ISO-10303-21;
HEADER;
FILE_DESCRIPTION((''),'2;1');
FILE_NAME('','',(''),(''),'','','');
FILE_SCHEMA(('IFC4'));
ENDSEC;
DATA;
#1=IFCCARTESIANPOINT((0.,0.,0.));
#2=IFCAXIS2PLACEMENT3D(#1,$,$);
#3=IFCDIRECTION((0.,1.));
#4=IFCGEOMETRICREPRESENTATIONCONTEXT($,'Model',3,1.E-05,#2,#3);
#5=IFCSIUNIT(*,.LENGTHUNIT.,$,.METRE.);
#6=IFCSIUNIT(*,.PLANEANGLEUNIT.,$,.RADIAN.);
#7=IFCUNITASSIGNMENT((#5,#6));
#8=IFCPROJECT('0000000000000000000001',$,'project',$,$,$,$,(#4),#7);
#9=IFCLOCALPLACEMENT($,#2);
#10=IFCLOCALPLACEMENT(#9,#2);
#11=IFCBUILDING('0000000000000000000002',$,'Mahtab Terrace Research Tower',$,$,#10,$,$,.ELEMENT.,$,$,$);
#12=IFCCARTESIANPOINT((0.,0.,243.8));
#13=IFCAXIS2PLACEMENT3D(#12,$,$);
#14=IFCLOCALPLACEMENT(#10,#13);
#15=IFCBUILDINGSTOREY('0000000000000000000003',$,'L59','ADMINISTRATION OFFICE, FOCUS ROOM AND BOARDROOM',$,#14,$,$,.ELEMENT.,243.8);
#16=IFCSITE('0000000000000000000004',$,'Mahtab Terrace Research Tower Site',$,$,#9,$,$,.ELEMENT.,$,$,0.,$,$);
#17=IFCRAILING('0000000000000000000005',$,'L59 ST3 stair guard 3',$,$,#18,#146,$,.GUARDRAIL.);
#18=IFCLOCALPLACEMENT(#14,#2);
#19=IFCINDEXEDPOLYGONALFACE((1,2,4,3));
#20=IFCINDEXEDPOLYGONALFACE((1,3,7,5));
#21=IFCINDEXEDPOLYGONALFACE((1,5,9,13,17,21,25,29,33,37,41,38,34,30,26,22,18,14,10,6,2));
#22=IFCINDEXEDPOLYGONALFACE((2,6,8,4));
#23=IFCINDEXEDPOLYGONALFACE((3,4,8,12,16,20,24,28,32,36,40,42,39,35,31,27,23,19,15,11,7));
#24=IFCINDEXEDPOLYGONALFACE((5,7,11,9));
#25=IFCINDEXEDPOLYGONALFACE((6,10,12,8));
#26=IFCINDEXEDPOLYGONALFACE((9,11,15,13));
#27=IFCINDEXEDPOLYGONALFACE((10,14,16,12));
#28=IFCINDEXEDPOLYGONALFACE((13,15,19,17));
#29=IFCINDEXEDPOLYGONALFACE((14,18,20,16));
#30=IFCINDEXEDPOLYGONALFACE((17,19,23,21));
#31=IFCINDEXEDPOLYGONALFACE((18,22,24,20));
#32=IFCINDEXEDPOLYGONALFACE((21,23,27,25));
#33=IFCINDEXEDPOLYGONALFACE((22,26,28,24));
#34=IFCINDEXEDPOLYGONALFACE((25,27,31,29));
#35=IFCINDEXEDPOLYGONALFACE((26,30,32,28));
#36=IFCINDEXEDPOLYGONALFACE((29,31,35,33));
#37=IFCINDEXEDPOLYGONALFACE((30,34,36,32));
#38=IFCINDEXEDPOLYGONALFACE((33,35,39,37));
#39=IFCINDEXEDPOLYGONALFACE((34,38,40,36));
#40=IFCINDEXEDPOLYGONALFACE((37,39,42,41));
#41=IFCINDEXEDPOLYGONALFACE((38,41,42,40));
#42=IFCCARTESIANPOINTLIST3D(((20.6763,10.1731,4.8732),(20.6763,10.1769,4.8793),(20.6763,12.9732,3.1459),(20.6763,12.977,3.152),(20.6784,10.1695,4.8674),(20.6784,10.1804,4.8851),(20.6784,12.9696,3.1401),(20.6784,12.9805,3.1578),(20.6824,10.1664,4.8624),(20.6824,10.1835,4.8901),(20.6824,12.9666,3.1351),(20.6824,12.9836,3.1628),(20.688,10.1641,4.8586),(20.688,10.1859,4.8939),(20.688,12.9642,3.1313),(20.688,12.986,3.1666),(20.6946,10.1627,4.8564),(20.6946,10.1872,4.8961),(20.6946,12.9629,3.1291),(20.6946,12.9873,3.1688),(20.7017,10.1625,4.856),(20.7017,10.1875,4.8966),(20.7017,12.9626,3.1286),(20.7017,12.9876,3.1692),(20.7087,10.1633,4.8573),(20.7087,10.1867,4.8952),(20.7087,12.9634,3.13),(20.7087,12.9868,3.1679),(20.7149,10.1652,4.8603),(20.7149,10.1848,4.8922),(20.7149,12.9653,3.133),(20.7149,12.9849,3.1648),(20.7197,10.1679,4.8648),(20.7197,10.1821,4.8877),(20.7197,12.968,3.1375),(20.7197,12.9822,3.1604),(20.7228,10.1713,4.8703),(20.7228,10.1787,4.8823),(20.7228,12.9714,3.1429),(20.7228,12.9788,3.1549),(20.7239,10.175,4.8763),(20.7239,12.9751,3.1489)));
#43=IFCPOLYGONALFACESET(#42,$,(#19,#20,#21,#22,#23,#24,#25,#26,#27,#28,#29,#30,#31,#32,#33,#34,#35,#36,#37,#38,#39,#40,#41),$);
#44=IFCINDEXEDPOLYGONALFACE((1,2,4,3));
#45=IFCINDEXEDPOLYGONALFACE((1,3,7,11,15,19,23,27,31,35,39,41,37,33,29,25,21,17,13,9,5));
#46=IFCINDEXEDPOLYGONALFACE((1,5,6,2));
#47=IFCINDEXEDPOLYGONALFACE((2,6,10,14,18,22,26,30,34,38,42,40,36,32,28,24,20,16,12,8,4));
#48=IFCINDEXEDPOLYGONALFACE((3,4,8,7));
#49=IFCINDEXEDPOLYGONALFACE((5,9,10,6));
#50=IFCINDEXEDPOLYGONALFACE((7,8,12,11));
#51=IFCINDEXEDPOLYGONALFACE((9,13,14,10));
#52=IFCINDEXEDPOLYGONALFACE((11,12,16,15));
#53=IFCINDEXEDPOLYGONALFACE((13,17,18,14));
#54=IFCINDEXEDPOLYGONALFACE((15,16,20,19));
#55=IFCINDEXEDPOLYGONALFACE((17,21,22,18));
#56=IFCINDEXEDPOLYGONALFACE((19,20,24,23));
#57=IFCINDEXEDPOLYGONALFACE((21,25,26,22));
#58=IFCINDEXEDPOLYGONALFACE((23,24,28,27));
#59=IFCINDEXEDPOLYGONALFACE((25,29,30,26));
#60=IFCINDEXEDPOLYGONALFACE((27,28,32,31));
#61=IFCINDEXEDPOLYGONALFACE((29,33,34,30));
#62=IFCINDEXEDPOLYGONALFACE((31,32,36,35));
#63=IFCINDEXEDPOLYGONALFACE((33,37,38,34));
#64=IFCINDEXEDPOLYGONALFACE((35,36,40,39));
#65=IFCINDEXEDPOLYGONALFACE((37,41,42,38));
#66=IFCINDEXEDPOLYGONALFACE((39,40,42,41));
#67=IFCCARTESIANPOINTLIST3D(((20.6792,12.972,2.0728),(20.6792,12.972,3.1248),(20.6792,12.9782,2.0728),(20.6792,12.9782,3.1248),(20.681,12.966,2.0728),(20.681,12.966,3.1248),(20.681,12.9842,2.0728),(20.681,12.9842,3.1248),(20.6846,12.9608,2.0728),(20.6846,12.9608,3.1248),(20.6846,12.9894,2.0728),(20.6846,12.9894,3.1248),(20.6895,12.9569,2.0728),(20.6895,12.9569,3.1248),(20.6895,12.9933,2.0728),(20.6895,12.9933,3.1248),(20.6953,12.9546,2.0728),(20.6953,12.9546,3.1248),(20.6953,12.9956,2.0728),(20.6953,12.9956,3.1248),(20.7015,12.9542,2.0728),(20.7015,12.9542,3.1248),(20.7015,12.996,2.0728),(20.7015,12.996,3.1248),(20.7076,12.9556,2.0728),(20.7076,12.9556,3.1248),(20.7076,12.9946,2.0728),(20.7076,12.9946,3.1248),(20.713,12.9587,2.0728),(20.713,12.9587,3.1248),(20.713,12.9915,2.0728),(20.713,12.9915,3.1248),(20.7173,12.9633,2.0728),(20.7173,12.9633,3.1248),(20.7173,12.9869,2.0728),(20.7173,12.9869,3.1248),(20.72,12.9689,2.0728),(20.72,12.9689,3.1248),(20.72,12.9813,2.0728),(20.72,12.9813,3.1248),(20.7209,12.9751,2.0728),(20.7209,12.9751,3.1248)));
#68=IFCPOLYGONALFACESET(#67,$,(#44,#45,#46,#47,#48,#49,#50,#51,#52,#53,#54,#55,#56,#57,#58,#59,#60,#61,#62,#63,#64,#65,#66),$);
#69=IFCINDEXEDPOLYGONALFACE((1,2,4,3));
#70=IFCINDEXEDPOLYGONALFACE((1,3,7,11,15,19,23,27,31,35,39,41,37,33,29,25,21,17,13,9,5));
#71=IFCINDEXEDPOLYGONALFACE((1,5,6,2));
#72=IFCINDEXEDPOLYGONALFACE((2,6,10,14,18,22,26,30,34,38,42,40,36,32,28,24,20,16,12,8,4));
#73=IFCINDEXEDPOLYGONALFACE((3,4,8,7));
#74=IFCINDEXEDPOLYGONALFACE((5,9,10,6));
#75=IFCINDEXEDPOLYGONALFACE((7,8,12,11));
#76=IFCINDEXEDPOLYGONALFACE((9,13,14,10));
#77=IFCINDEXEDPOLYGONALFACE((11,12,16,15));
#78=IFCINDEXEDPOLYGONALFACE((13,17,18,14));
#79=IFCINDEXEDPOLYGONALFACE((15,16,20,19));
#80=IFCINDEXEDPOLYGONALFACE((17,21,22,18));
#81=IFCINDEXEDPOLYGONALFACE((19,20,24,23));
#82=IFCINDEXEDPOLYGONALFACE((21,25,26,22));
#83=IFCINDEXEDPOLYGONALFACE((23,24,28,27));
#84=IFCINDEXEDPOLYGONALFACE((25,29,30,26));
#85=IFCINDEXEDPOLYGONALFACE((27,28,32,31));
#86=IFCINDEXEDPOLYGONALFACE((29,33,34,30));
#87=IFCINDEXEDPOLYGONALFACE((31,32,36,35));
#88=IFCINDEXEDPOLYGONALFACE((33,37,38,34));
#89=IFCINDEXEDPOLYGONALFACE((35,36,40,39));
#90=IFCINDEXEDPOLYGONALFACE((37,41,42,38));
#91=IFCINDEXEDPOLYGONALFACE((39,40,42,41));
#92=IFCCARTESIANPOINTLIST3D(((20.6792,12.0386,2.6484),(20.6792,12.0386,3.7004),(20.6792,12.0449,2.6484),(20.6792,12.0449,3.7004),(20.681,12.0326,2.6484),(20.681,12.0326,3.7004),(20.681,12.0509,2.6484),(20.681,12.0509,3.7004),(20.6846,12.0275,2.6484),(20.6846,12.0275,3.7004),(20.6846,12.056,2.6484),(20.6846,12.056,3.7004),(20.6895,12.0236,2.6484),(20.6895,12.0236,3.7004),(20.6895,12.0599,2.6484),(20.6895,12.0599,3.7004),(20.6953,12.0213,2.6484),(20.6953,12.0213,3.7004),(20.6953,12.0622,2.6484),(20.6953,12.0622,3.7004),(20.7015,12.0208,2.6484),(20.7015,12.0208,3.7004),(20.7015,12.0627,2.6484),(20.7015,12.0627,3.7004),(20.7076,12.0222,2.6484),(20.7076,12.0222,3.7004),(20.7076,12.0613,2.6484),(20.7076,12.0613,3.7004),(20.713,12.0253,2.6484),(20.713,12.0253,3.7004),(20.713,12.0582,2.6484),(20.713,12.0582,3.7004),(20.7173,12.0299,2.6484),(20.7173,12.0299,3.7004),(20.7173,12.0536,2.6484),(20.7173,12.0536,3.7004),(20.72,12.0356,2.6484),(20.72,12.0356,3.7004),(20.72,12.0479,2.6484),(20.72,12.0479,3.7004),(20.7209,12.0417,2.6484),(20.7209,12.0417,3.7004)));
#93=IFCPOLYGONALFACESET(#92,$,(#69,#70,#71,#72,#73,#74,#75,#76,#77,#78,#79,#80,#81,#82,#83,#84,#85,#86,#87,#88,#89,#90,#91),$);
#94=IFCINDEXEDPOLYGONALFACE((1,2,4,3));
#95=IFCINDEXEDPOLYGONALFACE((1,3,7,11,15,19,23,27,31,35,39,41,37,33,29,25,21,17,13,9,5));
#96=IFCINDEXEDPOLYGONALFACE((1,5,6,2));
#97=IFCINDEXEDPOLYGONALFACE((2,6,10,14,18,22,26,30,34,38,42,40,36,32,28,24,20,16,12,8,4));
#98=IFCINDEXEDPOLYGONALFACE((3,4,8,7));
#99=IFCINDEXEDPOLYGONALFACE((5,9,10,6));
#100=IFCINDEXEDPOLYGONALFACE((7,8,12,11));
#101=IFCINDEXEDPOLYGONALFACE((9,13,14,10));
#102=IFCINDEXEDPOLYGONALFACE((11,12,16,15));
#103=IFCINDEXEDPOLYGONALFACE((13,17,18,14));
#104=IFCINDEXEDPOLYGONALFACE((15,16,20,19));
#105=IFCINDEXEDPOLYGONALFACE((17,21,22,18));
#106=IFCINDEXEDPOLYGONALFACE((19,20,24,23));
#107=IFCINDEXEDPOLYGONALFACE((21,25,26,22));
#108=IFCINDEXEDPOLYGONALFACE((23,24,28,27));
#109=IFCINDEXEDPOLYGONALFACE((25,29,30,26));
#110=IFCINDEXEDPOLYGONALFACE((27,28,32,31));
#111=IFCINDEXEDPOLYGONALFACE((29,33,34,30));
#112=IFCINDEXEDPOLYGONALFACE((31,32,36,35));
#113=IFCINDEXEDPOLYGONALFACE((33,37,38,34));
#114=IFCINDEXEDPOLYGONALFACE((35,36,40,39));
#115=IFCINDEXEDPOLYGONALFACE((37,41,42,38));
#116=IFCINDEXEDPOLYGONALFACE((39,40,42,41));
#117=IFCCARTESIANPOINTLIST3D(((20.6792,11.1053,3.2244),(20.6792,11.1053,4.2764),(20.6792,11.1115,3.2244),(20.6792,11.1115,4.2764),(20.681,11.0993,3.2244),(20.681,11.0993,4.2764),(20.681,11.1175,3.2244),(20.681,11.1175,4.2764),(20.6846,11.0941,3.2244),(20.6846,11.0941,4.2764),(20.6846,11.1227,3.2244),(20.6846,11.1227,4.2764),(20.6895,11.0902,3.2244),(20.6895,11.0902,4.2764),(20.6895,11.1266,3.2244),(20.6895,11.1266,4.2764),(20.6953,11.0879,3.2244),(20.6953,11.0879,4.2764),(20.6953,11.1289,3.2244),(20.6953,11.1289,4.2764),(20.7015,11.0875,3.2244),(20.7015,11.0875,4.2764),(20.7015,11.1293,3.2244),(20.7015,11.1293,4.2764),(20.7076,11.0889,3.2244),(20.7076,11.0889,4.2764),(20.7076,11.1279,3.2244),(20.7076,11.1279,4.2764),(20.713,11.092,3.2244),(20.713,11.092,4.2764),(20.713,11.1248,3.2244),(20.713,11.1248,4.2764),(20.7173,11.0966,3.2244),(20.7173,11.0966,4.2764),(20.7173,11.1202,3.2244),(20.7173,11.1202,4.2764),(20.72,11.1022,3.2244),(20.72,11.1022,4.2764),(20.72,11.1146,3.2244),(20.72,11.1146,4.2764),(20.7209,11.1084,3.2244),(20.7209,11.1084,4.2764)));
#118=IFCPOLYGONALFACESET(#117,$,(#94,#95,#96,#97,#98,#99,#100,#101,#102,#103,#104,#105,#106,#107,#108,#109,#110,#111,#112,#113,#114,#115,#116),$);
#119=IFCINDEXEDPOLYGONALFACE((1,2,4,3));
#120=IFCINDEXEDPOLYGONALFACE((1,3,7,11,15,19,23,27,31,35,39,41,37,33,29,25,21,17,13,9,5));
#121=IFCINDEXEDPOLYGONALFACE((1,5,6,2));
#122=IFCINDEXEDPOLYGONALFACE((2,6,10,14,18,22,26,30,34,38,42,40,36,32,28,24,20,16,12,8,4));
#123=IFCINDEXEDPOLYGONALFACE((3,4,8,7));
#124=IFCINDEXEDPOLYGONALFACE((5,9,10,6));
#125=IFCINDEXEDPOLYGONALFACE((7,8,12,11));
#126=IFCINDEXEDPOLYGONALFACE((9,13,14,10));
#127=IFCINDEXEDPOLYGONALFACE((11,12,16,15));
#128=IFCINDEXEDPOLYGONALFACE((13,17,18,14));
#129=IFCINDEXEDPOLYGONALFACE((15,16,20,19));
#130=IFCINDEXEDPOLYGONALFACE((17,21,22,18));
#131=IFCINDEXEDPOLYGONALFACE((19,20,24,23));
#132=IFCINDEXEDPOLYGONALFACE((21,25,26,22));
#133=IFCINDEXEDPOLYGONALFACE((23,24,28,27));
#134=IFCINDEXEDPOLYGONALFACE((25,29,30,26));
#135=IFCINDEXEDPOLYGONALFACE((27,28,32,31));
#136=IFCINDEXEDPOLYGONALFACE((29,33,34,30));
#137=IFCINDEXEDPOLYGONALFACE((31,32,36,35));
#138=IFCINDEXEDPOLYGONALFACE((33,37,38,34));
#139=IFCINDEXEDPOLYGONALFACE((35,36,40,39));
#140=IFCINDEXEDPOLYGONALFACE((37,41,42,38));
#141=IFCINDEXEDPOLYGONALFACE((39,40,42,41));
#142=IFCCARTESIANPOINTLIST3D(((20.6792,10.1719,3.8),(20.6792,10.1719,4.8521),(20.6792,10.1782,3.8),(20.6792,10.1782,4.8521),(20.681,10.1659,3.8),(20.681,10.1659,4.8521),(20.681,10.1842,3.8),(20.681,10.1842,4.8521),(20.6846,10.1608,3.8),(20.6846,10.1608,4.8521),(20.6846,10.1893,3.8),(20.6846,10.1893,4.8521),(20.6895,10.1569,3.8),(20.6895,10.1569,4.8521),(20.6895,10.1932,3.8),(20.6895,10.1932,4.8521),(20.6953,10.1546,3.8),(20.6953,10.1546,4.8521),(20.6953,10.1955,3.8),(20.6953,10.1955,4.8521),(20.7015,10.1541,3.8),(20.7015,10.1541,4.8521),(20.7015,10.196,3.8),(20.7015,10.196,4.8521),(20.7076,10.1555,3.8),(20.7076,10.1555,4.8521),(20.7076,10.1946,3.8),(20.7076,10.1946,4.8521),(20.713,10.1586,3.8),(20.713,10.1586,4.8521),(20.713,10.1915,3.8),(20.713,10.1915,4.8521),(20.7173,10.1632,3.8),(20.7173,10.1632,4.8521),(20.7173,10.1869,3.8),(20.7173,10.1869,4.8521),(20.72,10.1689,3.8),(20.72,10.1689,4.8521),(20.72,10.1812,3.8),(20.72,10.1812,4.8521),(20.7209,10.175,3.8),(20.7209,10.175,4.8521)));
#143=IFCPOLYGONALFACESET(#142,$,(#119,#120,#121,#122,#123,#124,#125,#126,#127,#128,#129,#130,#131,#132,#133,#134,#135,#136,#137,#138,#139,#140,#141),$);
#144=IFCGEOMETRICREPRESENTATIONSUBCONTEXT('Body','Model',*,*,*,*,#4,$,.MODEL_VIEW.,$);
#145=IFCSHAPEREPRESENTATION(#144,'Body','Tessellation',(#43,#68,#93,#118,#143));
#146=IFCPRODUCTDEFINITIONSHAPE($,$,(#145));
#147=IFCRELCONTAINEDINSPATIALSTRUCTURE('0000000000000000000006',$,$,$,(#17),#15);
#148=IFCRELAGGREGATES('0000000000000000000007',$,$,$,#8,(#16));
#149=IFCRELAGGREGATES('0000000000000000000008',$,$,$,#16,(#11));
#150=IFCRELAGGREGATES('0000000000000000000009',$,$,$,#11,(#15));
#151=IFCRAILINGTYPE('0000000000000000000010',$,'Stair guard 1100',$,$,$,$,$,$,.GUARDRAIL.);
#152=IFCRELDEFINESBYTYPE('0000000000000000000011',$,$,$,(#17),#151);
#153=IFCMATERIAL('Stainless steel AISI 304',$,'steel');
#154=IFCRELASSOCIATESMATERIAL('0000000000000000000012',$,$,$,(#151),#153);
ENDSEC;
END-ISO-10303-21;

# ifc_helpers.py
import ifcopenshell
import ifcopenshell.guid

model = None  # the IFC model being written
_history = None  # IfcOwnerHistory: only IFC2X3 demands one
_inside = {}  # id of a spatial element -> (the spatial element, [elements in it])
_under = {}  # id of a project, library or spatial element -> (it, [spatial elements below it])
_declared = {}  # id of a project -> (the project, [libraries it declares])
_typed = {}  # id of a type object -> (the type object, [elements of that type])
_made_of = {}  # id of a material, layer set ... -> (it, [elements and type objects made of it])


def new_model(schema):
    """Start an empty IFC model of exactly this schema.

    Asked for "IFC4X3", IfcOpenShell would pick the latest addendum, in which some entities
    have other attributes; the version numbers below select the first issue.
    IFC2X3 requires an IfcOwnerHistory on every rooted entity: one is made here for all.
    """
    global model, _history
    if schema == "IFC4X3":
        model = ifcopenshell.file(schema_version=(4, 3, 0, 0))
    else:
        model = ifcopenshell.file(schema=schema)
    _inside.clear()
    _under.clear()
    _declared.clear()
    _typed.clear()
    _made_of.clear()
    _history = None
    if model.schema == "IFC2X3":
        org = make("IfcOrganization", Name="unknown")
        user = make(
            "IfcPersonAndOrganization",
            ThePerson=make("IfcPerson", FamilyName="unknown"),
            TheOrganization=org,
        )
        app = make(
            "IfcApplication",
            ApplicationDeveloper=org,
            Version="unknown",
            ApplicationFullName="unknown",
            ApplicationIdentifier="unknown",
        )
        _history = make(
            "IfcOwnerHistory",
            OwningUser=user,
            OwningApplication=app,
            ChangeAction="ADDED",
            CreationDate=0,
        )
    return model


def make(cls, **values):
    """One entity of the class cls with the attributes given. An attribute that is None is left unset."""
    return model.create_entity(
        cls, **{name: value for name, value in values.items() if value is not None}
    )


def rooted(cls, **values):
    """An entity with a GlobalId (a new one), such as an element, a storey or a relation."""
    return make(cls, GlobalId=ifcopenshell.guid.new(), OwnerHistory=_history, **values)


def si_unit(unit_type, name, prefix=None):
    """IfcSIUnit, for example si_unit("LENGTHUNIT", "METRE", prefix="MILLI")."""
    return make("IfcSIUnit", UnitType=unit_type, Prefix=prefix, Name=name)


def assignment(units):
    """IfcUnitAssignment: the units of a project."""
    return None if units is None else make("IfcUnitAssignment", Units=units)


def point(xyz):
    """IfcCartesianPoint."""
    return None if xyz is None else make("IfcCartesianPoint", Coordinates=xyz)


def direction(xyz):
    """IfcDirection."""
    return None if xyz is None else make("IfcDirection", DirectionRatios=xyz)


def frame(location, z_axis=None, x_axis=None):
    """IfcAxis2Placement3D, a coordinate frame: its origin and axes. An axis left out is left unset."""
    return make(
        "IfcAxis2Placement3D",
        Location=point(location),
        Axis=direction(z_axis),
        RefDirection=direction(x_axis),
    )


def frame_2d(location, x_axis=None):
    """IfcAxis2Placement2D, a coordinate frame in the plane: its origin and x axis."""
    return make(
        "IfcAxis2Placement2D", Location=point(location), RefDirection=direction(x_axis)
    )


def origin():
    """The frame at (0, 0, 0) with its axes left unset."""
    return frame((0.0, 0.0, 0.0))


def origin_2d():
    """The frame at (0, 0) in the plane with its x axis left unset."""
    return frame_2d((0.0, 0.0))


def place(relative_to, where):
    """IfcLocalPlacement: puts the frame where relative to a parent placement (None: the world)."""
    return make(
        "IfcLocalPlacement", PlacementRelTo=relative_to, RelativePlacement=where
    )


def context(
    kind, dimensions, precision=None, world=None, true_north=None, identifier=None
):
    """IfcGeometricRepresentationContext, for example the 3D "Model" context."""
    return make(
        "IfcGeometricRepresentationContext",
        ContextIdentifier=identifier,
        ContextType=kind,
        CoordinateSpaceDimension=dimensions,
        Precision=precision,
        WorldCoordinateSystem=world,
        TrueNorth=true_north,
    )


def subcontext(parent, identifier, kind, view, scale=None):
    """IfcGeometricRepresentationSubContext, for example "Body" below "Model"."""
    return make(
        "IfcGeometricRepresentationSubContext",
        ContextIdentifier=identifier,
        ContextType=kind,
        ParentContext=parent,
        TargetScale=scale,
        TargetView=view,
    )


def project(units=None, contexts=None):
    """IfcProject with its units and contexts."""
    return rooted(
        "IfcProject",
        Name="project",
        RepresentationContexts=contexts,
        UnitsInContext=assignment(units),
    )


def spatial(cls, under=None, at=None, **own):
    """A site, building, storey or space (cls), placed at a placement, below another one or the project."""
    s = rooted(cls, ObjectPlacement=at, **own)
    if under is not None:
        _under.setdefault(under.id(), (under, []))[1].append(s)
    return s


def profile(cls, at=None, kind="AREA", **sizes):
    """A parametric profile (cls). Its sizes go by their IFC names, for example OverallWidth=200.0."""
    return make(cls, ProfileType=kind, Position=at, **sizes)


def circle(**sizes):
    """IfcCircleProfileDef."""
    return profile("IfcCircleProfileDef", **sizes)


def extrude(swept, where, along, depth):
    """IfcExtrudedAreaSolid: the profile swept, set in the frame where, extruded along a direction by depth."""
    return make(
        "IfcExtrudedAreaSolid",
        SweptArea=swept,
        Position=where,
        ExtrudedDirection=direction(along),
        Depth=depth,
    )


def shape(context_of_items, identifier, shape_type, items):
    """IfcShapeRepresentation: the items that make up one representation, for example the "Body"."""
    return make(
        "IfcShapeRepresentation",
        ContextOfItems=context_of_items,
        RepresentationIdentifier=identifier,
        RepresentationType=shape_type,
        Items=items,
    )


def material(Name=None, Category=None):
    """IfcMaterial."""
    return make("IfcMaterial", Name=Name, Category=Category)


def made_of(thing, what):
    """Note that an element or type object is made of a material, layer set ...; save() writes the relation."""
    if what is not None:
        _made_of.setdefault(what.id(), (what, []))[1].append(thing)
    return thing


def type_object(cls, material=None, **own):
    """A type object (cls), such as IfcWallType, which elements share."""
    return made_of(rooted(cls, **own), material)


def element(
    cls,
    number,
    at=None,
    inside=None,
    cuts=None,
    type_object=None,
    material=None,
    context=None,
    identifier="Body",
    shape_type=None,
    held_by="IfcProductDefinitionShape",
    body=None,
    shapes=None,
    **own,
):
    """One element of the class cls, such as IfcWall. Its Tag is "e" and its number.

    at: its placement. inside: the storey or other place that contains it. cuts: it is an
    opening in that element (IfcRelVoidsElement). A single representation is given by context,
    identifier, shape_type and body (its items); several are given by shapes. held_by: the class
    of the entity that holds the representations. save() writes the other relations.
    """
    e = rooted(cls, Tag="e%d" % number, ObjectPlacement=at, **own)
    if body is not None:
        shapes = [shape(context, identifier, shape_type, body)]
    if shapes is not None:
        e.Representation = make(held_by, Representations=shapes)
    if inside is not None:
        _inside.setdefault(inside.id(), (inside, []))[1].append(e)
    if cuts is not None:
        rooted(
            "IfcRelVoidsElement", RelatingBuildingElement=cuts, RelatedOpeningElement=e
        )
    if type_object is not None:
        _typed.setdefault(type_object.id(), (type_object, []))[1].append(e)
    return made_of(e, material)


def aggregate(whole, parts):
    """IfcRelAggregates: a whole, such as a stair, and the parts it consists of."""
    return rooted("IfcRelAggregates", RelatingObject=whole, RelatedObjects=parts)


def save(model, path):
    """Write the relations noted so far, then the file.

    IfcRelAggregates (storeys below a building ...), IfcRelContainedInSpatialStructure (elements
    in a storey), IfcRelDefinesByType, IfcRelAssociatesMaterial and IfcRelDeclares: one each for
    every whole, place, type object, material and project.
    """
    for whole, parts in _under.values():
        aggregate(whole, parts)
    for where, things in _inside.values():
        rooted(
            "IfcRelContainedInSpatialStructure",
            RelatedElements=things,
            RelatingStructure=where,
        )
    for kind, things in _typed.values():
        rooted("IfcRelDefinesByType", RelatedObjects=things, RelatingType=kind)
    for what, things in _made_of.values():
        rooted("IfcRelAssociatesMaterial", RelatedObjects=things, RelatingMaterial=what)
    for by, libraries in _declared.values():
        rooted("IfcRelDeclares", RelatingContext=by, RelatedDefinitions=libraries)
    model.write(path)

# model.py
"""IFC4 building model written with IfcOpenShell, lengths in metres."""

from ifc_helpers import new_model, si_unit, direction, frame, origin, origin_2d, place, context, subcontext, project, spatial, circle, extrude, material, type_object, element, save


model = new_model("IFC4")

# Units and contexts
model_context = context("Model", 3, precision=1e-05, world=origin(), true_north=direction((0.0, 1.0)))
body_context = subcontext(model_context, "Body", "Model", "MODEL_VIEW")
ifc_project = project(units=[si_unit("LENGTHUNIT", "METRE"), si_unit("PLANEANGLEUNIT", "RADIAN")], contexts=[model_context])

# Site, building, storey
site_placement = place(None, origin())
site = spatial("IfcSite", under=ifc_project, at=site_placement, Name="Mahtab Terrace Research Tower Site", CompositionType="ELEMENT", RefElevation=0.0)
building_placement = place(site_placement, origin())
building = spatial("IfcBuilding", under=site, at=building_placement, Name="Mahtab Terrace Research Tower", CompositionType="ELEMENT")
storey_placement = place(building_placement, frame((0.0, 0.0, 243.8)))
storey = spatial("IfcBuildingStorey", under=building, at=storey_placement, Name="L59", Description="ADMINISTRATION OFFICE, FOCUS ROOM AND BOARDROOM", CompositionType="ELEMENT", Elevation=243.8)

# Shared definitions
ifc_material_1 = material(Name="Stainless steel AISI 304", Category="steel")

# Railing
railing_type_1 = type_object("IfcRailingType", Name="Stair guard 1100", PredefinedType="GUARDRAIL", material=ifc_material_1)
railing_1_placement = place(storey_placement, frame((20.7, 12.9751, 2.0728)))
element("IfcRailing", 1, at=railing_1_placement, inside=storey, type_object=railing_type_1, Name="L59 ST3 stair guard 3", PredefinedType="GUARDRAIL", context=body_context, shape_type="SweptSolid", body=[
    extrude(circle(Radius=0.0239, at=origin_2d()), frame((0.0, 0.0, 1.0762), z_axis=(0.0, -0.85109, 0.52502), x_axis=(1.0, 0.0, 0.0)), (0.0, 0.0, 1.0), 3.29),
    extrude(circle(Radius=0.021, at=origin_2d()), origin(), (0.0, 0.0, 1.0), 1.052),
    extrude(circle(Radius=0.021, at=origin_2d()), frame((0.0, -0.9333, 0.5757)), (0.0, 0.0, 1.0), 1.052),
    extrude(circle(Radius=0.021, at=origin_2d()), frame((0.0, -1.8667, 1.1516)), (0.0, 0.0, 1.0), 1.052),
    extrude(circle(Radius=0.021, at=origin_2d()), frame((0.0, -2.8, 1.7273)), (0.0, 0.0, 1.0), 1.052),
])

save(model, "model.ifc")
